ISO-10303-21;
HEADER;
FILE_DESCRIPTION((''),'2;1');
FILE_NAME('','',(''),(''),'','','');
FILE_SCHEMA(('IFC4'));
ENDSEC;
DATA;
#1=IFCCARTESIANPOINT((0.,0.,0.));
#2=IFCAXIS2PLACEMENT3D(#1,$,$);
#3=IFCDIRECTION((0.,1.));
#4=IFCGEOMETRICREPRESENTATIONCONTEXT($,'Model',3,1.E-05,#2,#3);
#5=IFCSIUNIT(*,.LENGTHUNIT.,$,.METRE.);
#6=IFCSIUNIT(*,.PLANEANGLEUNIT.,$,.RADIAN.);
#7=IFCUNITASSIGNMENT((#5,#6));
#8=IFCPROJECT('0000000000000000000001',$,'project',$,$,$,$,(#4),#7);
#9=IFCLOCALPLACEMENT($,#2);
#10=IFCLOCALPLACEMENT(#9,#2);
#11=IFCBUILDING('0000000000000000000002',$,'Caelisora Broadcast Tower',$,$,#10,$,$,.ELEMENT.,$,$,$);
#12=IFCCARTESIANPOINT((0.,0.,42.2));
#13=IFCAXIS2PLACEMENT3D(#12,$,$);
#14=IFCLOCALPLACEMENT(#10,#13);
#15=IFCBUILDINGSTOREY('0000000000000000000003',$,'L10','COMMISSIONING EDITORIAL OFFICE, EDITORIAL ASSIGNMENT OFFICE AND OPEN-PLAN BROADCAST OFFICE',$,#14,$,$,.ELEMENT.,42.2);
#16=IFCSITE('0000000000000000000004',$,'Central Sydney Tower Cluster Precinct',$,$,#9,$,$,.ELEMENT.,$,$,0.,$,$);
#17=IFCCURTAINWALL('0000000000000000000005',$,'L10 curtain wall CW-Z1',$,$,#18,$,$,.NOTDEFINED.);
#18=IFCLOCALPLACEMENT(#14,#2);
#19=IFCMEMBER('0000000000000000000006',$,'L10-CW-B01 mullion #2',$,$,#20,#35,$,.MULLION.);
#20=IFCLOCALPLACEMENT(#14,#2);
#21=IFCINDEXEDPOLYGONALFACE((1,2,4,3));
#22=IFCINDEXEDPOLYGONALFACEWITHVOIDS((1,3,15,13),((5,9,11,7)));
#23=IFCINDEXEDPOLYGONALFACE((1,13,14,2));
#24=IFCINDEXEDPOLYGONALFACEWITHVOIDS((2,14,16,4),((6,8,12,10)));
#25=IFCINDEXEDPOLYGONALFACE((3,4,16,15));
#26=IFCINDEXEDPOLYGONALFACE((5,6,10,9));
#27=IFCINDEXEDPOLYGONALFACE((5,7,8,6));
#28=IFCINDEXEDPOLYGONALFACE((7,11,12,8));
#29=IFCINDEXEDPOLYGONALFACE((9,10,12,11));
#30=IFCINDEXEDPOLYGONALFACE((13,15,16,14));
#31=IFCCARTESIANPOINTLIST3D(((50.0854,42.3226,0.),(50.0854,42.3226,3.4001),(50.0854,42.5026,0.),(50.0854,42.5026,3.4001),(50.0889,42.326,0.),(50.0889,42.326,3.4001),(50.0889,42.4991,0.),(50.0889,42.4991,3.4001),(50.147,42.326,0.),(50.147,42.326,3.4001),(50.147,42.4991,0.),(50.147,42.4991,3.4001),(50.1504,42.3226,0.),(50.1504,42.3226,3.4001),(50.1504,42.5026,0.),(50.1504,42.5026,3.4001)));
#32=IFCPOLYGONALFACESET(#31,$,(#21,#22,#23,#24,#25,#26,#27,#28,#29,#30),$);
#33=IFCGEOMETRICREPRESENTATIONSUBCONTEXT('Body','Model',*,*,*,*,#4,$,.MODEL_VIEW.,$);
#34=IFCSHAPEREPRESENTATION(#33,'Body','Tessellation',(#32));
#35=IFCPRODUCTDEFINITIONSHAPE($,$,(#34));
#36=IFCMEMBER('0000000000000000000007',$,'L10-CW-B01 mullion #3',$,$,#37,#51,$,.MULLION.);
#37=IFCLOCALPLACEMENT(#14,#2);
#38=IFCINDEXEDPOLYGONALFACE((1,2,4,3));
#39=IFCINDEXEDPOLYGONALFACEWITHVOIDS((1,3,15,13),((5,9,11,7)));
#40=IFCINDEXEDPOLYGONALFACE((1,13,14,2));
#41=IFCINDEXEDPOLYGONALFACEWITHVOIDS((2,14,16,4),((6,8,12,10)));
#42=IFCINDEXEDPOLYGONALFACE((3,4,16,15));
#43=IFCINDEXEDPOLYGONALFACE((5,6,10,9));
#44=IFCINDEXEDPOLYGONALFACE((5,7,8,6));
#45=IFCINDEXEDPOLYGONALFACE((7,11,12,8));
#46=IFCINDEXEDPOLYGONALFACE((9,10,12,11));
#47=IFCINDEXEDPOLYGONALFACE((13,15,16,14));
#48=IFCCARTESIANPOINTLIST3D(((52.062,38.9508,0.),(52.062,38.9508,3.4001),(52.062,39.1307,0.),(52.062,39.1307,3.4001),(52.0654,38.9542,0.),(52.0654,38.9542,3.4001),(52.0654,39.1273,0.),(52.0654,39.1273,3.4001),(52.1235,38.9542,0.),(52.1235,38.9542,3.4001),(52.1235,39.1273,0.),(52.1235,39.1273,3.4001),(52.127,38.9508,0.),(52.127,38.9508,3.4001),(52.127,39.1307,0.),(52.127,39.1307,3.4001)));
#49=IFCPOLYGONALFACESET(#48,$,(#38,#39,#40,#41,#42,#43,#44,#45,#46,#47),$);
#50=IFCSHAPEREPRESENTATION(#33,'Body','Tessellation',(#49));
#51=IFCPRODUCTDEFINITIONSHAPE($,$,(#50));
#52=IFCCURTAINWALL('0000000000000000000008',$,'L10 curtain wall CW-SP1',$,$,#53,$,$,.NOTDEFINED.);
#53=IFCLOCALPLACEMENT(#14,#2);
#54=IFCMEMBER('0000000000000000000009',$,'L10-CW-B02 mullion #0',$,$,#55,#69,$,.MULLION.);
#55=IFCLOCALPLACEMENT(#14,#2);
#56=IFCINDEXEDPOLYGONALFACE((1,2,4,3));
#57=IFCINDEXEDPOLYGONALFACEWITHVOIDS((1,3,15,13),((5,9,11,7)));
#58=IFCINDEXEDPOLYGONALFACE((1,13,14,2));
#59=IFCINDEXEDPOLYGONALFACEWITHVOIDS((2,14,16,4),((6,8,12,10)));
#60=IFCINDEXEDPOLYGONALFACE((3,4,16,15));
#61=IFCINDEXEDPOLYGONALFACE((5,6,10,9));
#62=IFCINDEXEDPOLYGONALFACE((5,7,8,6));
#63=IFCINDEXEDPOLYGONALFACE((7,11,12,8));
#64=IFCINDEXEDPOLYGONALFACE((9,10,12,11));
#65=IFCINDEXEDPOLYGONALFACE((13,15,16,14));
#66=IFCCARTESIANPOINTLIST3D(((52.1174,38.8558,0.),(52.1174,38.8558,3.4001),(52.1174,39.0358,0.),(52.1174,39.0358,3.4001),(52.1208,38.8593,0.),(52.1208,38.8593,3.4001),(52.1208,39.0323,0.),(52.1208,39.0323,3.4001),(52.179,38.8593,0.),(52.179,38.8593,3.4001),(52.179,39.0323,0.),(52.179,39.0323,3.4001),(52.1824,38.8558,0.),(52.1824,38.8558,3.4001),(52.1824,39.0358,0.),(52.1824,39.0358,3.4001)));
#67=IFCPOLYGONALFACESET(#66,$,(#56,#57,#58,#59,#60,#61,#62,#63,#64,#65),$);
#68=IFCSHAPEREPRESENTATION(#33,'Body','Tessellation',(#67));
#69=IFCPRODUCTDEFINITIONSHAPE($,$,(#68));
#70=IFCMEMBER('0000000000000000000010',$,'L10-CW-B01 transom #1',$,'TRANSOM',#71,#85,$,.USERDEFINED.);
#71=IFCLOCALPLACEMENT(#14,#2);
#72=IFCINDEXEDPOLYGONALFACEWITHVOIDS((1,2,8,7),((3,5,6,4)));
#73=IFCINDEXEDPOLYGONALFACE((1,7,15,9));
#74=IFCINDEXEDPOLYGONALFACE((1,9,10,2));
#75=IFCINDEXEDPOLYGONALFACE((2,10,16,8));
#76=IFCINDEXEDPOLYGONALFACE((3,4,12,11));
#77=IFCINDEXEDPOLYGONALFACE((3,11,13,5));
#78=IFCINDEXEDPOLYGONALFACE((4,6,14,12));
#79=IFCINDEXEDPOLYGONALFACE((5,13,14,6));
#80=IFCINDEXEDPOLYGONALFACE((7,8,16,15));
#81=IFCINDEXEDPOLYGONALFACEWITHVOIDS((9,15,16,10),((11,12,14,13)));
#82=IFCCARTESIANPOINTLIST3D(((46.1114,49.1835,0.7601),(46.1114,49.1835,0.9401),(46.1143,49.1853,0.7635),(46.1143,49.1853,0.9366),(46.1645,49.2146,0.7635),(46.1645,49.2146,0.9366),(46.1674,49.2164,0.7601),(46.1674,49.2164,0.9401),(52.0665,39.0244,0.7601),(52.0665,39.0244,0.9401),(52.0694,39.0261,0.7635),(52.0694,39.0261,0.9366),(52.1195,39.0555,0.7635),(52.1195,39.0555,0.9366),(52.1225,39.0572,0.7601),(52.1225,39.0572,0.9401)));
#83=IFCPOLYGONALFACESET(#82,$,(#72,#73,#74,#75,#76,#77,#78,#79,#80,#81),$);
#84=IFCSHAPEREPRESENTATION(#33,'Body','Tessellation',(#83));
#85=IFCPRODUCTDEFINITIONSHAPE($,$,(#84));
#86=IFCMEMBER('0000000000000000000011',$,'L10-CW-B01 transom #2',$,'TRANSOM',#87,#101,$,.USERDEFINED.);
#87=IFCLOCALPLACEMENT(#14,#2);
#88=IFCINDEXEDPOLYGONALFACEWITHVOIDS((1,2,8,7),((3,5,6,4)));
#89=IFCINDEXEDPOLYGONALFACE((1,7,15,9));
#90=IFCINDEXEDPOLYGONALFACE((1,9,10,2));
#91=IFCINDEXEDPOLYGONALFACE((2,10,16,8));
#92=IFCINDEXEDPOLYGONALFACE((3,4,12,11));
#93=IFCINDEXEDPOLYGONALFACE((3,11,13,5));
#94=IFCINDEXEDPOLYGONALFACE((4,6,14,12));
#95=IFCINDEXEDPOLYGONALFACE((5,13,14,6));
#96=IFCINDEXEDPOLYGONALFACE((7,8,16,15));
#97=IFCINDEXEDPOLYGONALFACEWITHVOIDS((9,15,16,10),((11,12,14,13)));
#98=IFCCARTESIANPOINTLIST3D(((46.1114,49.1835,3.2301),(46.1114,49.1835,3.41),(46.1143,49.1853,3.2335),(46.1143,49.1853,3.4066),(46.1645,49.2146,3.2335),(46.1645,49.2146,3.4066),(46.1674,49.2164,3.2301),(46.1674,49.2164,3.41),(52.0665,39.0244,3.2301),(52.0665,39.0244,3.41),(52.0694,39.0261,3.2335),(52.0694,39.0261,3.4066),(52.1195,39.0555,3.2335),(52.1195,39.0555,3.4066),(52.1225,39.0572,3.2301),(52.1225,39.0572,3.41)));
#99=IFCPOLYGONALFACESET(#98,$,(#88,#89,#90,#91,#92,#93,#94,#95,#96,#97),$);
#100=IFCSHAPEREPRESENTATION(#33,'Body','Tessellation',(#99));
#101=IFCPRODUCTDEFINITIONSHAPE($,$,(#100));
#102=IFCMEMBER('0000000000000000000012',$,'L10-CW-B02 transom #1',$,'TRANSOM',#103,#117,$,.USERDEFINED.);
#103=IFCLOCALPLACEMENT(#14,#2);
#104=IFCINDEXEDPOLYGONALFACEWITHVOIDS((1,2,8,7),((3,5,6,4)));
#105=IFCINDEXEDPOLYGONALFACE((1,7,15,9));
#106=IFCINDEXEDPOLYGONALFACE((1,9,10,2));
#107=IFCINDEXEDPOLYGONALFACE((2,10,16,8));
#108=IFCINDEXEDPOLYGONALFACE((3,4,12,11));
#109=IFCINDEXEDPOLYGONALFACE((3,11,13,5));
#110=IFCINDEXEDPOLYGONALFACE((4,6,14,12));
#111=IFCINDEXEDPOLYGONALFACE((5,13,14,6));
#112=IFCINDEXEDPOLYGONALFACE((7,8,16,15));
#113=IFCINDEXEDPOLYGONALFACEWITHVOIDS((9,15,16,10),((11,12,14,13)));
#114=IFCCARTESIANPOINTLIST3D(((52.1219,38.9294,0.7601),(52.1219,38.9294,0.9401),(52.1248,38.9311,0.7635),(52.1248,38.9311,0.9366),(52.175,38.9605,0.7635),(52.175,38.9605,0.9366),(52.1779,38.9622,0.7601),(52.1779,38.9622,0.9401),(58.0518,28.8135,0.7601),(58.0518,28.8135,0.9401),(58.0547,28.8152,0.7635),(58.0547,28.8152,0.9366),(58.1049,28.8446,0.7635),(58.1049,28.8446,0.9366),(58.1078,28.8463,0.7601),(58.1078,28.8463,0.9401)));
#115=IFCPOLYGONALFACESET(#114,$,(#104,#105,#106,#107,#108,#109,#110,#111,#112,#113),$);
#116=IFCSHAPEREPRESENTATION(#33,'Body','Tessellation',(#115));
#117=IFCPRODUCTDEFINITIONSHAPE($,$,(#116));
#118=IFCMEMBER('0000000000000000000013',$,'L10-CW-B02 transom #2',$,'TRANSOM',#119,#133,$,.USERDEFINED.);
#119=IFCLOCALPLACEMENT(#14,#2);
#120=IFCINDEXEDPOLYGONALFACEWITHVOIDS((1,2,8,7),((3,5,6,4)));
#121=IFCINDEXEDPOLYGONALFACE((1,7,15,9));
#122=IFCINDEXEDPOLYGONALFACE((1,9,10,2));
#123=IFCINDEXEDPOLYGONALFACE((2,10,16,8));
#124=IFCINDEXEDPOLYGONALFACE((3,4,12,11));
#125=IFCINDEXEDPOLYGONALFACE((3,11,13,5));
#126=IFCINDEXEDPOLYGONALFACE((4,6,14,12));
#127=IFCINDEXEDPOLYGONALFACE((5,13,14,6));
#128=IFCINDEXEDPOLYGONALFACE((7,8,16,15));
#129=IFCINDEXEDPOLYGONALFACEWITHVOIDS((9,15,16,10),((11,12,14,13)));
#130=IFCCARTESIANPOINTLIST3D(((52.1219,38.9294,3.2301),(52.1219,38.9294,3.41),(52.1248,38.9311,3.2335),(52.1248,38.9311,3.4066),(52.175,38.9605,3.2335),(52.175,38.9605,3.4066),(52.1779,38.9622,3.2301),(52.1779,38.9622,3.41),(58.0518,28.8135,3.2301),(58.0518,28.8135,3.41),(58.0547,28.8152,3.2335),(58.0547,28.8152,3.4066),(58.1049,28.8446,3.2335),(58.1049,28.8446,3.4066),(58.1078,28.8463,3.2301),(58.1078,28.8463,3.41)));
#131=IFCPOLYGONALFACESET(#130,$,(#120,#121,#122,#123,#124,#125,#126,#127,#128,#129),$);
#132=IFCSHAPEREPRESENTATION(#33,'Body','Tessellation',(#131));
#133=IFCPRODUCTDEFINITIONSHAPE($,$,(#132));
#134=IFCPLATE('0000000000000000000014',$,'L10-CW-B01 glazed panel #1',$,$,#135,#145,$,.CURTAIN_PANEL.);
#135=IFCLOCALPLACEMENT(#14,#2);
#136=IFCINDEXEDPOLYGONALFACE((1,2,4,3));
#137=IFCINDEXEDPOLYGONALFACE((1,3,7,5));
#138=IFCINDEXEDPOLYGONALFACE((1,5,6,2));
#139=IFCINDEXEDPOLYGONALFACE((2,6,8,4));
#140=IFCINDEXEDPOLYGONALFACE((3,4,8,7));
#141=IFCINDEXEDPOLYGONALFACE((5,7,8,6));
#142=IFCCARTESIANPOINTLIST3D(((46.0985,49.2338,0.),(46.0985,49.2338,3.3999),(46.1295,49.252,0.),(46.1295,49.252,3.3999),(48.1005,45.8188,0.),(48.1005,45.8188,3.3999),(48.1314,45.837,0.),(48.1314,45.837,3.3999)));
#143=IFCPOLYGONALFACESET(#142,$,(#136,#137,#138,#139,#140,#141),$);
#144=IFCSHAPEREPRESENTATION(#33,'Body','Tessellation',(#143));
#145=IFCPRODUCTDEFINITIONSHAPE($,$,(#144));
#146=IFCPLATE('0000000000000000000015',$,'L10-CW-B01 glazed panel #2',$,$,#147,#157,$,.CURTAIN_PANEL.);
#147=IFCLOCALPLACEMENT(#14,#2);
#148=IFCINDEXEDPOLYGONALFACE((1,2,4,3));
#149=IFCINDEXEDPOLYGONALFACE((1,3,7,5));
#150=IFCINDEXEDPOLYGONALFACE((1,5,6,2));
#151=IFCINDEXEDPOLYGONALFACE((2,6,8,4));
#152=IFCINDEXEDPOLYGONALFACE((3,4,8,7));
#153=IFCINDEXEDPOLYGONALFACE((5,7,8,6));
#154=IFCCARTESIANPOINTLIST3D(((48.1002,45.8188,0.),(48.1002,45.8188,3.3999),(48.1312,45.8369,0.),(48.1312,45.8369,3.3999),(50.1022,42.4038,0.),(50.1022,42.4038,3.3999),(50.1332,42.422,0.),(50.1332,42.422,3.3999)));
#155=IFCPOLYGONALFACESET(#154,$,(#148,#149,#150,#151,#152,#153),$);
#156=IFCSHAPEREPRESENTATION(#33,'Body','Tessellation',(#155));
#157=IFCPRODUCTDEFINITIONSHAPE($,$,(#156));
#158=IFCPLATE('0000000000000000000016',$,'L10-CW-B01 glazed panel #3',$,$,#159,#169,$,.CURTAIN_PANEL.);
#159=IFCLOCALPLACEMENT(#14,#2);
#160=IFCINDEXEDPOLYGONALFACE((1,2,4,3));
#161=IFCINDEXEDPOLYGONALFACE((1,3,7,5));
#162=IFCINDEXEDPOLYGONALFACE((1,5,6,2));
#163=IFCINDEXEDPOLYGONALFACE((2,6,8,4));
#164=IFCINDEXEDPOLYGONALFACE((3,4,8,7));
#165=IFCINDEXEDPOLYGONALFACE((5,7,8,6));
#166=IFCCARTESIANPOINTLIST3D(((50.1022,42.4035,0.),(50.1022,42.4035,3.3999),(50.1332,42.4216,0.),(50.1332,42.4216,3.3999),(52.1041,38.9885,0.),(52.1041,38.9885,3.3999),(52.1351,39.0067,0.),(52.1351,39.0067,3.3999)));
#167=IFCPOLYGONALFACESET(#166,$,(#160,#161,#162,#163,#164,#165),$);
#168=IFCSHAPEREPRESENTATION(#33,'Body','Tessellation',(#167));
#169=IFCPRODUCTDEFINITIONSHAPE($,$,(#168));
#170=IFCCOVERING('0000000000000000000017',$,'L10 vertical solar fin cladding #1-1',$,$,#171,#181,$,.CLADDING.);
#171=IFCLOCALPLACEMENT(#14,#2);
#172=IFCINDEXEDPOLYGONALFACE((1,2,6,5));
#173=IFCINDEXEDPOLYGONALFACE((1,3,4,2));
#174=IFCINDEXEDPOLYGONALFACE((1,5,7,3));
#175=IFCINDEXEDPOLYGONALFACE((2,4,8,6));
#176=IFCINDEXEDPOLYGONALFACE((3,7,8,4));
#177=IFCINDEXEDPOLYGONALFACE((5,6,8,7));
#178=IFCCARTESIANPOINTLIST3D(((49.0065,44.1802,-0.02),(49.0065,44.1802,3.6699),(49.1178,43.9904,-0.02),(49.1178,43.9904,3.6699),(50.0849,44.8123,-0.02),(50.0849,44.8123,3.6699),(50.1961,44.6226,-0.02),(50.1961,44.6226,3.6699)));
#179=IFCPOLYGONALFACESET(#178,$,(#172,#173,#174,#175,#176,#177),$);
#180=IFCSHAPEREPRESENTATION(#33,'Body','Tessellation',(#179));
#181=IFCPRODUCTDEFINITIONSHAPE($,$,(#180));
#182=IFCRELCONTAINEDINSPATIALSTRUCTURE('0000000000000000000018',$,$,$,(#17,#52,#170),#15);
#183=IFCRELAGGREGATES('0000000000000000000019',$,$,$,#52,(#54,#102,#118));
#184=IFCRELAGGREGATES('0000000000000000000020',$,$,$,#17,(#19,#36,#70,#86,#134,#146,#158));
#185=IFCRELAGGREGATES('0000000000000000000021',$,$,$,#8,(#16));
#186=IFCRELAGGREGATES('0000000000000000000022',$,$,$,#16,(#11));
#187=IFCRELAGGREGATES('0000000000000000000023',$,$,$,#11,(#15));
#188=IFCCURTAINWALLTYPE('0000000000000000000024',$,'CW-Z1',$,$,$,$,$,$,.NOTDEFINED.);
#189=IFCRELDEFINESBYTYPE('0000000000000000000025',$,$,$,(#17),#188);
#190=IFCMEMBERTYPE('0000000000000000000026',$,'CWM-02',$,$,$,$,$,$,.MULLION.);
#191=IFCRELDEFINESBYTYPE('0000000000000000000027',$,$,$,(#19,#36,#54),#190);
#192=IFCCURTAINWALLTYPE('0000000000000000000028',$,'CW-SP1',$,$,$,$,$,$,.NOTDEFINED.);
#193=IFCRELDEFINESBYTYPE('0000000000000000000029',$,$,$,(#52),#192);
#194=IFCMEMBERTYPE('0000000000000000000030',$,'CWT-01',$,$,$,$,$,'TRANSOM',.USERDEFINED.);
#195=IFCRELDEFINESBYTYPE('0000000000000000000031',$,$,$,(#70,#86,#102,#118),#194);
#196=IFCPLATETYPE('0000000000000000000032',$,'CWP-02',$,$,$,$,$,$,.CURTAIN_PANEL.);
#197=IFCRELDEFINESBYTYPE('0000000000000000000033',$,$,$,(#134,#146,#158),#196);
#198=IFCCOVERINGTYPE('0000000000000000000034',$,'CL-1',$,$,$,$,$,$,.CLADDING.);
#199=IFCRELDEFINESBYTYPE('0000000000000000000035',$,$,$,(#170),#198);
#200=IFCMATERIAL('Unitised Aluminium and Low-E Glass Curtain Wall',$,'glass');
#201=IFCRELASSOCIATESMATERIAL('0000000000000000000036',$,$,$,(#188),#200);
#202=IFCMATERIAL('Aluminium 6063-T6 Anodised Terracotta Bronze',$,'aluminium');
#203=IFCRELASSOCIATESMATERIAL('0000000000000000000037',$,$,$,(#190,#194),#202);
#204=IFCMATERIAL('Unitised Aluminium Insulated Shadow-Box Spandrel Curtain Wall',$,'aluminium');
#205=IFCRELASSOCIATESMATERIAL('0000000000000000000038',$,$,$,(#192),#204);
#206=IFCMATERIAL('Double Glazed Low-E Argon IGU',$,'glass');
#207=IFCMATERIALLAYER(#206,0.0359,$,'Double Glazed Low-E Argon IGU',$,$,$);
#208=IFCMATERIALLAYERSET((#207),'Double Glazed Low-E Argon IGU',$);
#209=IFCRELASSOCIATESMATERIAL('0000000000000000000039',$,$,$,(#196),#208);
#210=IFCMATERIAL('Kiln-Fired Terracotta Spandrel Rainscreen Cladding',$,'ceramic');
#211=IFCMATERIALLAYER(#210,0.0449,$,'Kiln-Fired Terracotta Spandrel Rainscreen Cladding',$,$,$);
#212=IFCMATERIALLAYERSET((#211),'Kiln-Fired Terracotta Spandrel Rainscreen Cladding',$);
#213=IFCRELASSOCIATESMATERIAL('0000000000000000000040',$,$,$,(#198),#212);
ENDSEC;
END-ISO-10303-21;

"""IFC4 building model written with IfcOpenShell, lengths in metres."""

from ifc_helpers import new_model, si_unit, direction, frame, origin, origin_2d, place, context, subcontext, project, spatial, rectangle, hollow_rectangle, extrude, source, transform, mapped, material, layer, layer_set, material_profile, profile_set, type_object, type_shapes, element, aggregate, save


model = new_model("IFC4")

# Units and contexts
model_context = context("Model", 3, precision=1e-05, world=origin(), true_north=direction((0.0, 1.0)))
body_context = subcontext(model_context, "Body", "Model", "MODEL_VIEW")
ifc_project = project(units=[si_unit("LENGTHUNIT", "METRE"), si_unit("PLANEANGLEUNIT", "RADIAN")], contexts=[model_context])

# Site, building, storey
site_placement = place(None, origin())
site = spatial("IfcSite", under=ifc_project, at=site_placement, Name="Central Sydney Tower Cluster Precinct", CompositionType="ELEMENT", RefElevation=0.0)
building_placement = place(site_placement, origin())
building = spatial("IfcBuilding", under=site, at=building_placement, Name="Caelisora Broadcast Tower", CompositionType="ELEMENT")
storey_placement = place(building_placement, frame((0.0, 0.0, 42.2)))
storey = spatial("IfcBuildingStorey", under=building, at=storey_placement, Name="L10", Description="COMMISSIONING EDITORIAL OFFICE, EDITORIAL ASSIGNMENT OFFICE AND OPEN-PLAN BROADCAST OFFICE", CompositionType="ELEMENT", Elevation=42.2)

# Curtain wall, members
ifc_material_1 = material(Name="Unitised Aluminium and Low-E Glass Curtain Wall", Category="glass")
curtain_wall_type_1 = type_object("IfcCurtainWallType", Name="CW-Z1", PredefinedType="NOTDEFINED", material=ifc_material_1)
curtain_wall_1_placement = place(storey_placement, origin())
curtain_wall_1 = element("IfcCurtainWall", 1, at=curtain_wall_1_placement, inside=storey, type_object=curtain_wall_type_1, Name="L10 curtain wall CW-Z1", PredefinedType="NOTDEFINED")
ifc_material_2 = material(Name="Aluminium 6063-T6 Anodised Terracotta Bronze", Category="aluminium")
ifc_material_profile_1 = material_profile(ifc_material_2, hollow_rectangle(XDim=0.0649, YDim=0.1799, WallThickness=0.0034, at=origin_2d()), Name="Aluminium 6063-T6 Anodised Terracotta Bronze")
ifc_profile_set_1 = profile_set([ifc_material_profile_1], Name="Aluminium 6063-T6 Anodised Terracotta Bronze")
member_type_1 = type_object("IfcMemberType", Name="CWM-02", PredefinedType="MULLION", material=ifc_profile_set_1)
shared_shape_1 = source(origin(), body_context, "Body", "SweptSolid", [
    extrude(hollow_rectangle(XDim=0.0649, YDim=0.1799, WallThickness=0.0034, at=origin_2d()), origin(), (0.0, 0.0, 1.0), 3.4001),
])
type_shapes(member_type_1, [shared_shape_1])
member_1_placement = place(storey_placement, frame((50.1179, 42.4126, 0.0), z_axis=(0.0, 0.0, 1.0), x_axis=(1.0, 0.0, 0.0)))
member_1 = element("IfcMember", 2, at=member_1_placement, type_object=member_type_1, Name="L10-CW-B01 mullion #2", PredefinedType="MULLION", context=body_context, shape_type="MappedRepresentation", body=[
    mapped(shared_shape_1, transform((0.0, 0.0, 0.0), scale=1.0)),
])
member_2_placement = place(storey_placement, frame((52.0945, 39.0408, 0.0), z_axis=(0.0, 0.0, 1.0), x_axis=(1.0, 0.0, 0.0)))
member_2 = element("IfcMember", 3, at=member_2_placement, type_object=member_type_1, Name="L10-CW-B01 mullion #3", PredefinedType="MULLION", context=body_context, shape_type="MappedRepresentation", body=[
    mapped(shared_shape_1, transform((0.0, 0.0, 0.0), scale=1.0)),
])

# Curtain wall, member
ifc_material_3 = material(Name="Unitised Aluminium Insulated Shadow-Box Spandrel Curtain Wall", Category="aluminium")
curtain_wall_type_2 = type_object("IfcCurtainWallType", Name="CW-SP1", PredefinedType="NOTDEFINED", material=ifc_material_3)
curtain_wall_2_placement = place(storey_placement, origin())
curtain_wall_2 = element("IfcCurtainWall", 4, at=curtain_wall_2_placement, inside=storey, type_object=curtain_wall_type_2, Name="L10 curtain wall CW-SP1", PredefinedType="NOTDEFINED")
member_3_placement = place(storey_placement, frame((52.1499, 38.9458, 0.0), z_axis=(0.0, 0.0, 1.0), x_axis=(1.0, 0.0, 0.0)))
member_3 = element("IfcMember", 5, at=member_3_placement, type_object=member_type_1, Name="L10-CW-B02 mullion #0", PredefinedType="MULLION", context=body_context, shape_type="MappedRepresentation", body=[
    mapped(shared_shape_1, transform((0.0, 0.0, 0.0), scale=1.0)),
])

# Members
ifc_material_profile_2 = material_profile(ifc_material_2, hollow_rectangle(XDim=0.0649, YDim=0.1799, WallThickness=0.0034, at=origin_2d()), Name="Aluminium 6063-T6 Anodised Terracotta Bronze")
ifc_profile_set_2 = profile_set([ifc_material_profile_2], Name="Aluminium 6063-T6 Anodised Terracotta Bronze")
member_type_2 = type_object("IfcMemberType", Name="CWT-01", ElementType="TRANSOM", PredefinedType="USERDEFINED", material=ifc_profile_set_2)
shared_shape_2 = source(origin(), body_context, "Body", "SweptSolid", [
    extrude(hollow_rectangle(XDim=0.0649, YDim=0.1799, WallThickness=0.0034, at=origin_2d()), origin(), (0.0, 0.0, 1.0), 11.7759),
])
member_4_placement = place(storey_placement, frame((46.1394, 49.2, 0.8501), z_axis=(0.5057, -0.862709, 0.0), x_axis=(0.862709, 0.5057, 0.0)))
member_4 = element("IfcMember", 6, at=member_4_placement, type_object=member_type_2, Name="L10-CW-B01 transom #1", ObjectType="TRANSOM", PredefinedType="USERDEFINED", context=body_context, shape_type="MappedRepresentation", body=[
    mapped(shared_shape_2, transform((0.0, 0.0, 0.0), scale=1.0)),
])
member_5_placement = place(storey_placement, frame((46.1394, 49.2, 3.3201), z_axis=(0.5057, -0.862709, 0.0), x_axis=(0.862709, 0.5057, 0.0)))
member_5 = element("IfcMember", 7, at=member_5_placement, type_object=member_type_2, Name="L10-CW-B01 transom #2", ObjectType="TRANSOM", PredefinedType="USERDEFINED", context=body_context, shape_type="MappedRepresentation", body=[
    mapped(shared_shape_2, transform((0.0, 0.0, 0.0), scale=1.0)),
])
shared_shape_3 = source(origin(), body_context, "Body", "SweptSolid", [
    extrude(hollow_rectangle(XDim=0.0649, YDim=0.1799, WallThickness=0.0034, at=origin_2d()), origin(), (0.0, 0.0, 1.0), 11.7258),
])
type_shapes(member_type_2, [shared_shape_2, shared_shape_3])
member_6_placement = place(storey_placement, frame((52.1499, 38.9458, 0.8501), z_axis=(0.505712, -0.862702, 0.0), x_axis=(0.862702, 0.505712, 0.0)))
member_6 = element("IfcMember", 8, at=member_6_placement, type_object=member_type_2, Name="L10-CW-B02 transom #1", ObjectType="TRANSOM", PredefinedType="USERDEFINED", context=body_context, shape_type="MappedRepresentation", body=[
    mapped(shared_shape_3, transform((0.0, 0.0, 0.0), scale=1.0)),
])
member_7_placement = place(storey_placement, frame((52.1499, 38.9458, 3.3201), z_axis=(0.505712, -0.862702, 0.0), x_axis=(0.862702, 0.505712, 0.0)))
member_7 = element("IfcMember", 9, at=member_7_placement, type_object=member_type_2, Name="L10-CW-B02 transom #2", ObjectType="TRANSOM", PredefinedType="USERDEFINED", context=body_context, shape_type="MappedRepresentation", body=[
    mapped(shared_shape_3, transform((0.0, 0.0, 0.0), scale=1.0)),
])
aggregate(curtain_wall_2, [member_3, member_6, member_7])

# Plates
ifc_material_4 = material(Name="Double Glazed Low-E Argon IGU", Category="glass")
ifc_layer_1 = layer(ifc_material_4, 0.0359, Name="Double Glazed Low-E Argon IGU")
ifc_layer_set_1 = layer_set([ifc_layer_1], Name="Double Glazed Low-E Argon IGU")
plate_type = type_object("IfcPlateType", Name="CWP-02", PredefinedType="CURTAIN_PANEL", material=ifc_layer_set_1)
shared_shape_4 = source(origin(), body_context, "Body", "SweptSolid", [
    extrude(rectangle(XDim=3.9585, YDim=0.0359, at=origin_2d()), origin(), (0.0, 0.0, 1.0), 3.3999),
])
type_shapes(plate_type, [shared_shape_4])
plate_1_placement = place(storey_placement, frame((47.115, 47.5354, 0.0), z_axis=(0.0, 0.0, 1.0), x_axis=(0.505733, -0.86269, 0.0)))
plate_1 = element("IfcPlate", 10, at=plate_1_placement, type_object=plate_type, Name="L10-CW-B01 glazed panel #1", PredefinedType="CURTAIN_PANEL", context=body_context, shape_type="MappedRepresentation", body=[
    mapped(shared_shape_4, transform((0.0, 0.0, 0.0), scale=1.0)),
])
plate_2_placement = place(storey_placement, frame((49.1167, 44.1204, 0.0), z_axis=(0.0, 0.0, 1.0), x_axis=(0.505733, -0.86269, 0.0)))
plate_2 = element("IfcPlate", 11, at=plate_2_placement, type_object=plate_type, Name="L10-CW-B01 glazed panel #2", PredefinedType="CURTAIN_PANEL", context=body_context, shape_type="MappedRepresentation", body=[
    mapped(shared_shape_4, transform((0.0, 0.0, 0.0), scale=1.0)),
])
plate_3_placement = place(storey_placement, frame((51.1187, 40.7051, 0.0), z_axis=(0.0, 0.0, 1.0), x_axis=(0.505733, -0.86269, 0.0)))
plate_3 = element("IfcPlate", 12, at=plate_3_placement, type_object=plate_type, Name="L10-CW-B01 glazed panel #3", PredefinedType="CURTAIN_PANEL", context=body_context, shape_type="MappedRepresentation", body=[
    mapped(shared_shape_4, transform((0.0, 0.0, 0.0), scale=1.0)),
])
aggregate(curtain_wall_1, [member_1, member_2, member_4, member_5, plate_1, plate_2, plate_3])

# Covering
ifc_material_5 = material(Name="Kiln-Fired Terracotta Spandrel Rainscreen Cladding", Category="ceramic")
ifc_layer_2 = layer(ifc_material_5, 0.0449, Name="Kiln-Fired Terracotta Spandrel Rainscreen Cladding")
ifc_layer_set_2 = layer_set([ifc_layer_2], Name="Kiln-Fired Terracotta Spandrel Rainscreen Cladding")
covering_type = type_object("IfcCoveringType", Name="CL-1", PredefinedType="CLADDING", material=ifc_layer_set_2)
shared_shape_5 = source(origin(), body_context, "Body", "SweptSolid", [
    extrude(rectangle(XDim=0.22, YDim=1.25, at=origin_2d()), origin(), (0.0, 0.0, 1.0), 3.6899),
])
type_shapes(covering_type, [shared_shape_5])
for number, where, z_axis, x_axis, name in (
    (13, (49.6013, 44.4014, -0.02), (0.0, 0.0, 1.0), (0.505733, -0.86269, 0.0), "L10 vertical solar fin cladding #1-1"),
):
    element("IfcCovering", number, at=place(storey_placement, frame(where, z_axis=z_axis, x_axis=x_axis)), inside=storey, type_object=covering_type, Name=name, PredefinedType="CLADDING", context=body_context, shape_type="MappedRepresentation", body=[
        mapped(shared_shape_5, transform((0.0, 0.0, 0.0), scale=1.0)),
    ])

save(model, "model.ifc")
